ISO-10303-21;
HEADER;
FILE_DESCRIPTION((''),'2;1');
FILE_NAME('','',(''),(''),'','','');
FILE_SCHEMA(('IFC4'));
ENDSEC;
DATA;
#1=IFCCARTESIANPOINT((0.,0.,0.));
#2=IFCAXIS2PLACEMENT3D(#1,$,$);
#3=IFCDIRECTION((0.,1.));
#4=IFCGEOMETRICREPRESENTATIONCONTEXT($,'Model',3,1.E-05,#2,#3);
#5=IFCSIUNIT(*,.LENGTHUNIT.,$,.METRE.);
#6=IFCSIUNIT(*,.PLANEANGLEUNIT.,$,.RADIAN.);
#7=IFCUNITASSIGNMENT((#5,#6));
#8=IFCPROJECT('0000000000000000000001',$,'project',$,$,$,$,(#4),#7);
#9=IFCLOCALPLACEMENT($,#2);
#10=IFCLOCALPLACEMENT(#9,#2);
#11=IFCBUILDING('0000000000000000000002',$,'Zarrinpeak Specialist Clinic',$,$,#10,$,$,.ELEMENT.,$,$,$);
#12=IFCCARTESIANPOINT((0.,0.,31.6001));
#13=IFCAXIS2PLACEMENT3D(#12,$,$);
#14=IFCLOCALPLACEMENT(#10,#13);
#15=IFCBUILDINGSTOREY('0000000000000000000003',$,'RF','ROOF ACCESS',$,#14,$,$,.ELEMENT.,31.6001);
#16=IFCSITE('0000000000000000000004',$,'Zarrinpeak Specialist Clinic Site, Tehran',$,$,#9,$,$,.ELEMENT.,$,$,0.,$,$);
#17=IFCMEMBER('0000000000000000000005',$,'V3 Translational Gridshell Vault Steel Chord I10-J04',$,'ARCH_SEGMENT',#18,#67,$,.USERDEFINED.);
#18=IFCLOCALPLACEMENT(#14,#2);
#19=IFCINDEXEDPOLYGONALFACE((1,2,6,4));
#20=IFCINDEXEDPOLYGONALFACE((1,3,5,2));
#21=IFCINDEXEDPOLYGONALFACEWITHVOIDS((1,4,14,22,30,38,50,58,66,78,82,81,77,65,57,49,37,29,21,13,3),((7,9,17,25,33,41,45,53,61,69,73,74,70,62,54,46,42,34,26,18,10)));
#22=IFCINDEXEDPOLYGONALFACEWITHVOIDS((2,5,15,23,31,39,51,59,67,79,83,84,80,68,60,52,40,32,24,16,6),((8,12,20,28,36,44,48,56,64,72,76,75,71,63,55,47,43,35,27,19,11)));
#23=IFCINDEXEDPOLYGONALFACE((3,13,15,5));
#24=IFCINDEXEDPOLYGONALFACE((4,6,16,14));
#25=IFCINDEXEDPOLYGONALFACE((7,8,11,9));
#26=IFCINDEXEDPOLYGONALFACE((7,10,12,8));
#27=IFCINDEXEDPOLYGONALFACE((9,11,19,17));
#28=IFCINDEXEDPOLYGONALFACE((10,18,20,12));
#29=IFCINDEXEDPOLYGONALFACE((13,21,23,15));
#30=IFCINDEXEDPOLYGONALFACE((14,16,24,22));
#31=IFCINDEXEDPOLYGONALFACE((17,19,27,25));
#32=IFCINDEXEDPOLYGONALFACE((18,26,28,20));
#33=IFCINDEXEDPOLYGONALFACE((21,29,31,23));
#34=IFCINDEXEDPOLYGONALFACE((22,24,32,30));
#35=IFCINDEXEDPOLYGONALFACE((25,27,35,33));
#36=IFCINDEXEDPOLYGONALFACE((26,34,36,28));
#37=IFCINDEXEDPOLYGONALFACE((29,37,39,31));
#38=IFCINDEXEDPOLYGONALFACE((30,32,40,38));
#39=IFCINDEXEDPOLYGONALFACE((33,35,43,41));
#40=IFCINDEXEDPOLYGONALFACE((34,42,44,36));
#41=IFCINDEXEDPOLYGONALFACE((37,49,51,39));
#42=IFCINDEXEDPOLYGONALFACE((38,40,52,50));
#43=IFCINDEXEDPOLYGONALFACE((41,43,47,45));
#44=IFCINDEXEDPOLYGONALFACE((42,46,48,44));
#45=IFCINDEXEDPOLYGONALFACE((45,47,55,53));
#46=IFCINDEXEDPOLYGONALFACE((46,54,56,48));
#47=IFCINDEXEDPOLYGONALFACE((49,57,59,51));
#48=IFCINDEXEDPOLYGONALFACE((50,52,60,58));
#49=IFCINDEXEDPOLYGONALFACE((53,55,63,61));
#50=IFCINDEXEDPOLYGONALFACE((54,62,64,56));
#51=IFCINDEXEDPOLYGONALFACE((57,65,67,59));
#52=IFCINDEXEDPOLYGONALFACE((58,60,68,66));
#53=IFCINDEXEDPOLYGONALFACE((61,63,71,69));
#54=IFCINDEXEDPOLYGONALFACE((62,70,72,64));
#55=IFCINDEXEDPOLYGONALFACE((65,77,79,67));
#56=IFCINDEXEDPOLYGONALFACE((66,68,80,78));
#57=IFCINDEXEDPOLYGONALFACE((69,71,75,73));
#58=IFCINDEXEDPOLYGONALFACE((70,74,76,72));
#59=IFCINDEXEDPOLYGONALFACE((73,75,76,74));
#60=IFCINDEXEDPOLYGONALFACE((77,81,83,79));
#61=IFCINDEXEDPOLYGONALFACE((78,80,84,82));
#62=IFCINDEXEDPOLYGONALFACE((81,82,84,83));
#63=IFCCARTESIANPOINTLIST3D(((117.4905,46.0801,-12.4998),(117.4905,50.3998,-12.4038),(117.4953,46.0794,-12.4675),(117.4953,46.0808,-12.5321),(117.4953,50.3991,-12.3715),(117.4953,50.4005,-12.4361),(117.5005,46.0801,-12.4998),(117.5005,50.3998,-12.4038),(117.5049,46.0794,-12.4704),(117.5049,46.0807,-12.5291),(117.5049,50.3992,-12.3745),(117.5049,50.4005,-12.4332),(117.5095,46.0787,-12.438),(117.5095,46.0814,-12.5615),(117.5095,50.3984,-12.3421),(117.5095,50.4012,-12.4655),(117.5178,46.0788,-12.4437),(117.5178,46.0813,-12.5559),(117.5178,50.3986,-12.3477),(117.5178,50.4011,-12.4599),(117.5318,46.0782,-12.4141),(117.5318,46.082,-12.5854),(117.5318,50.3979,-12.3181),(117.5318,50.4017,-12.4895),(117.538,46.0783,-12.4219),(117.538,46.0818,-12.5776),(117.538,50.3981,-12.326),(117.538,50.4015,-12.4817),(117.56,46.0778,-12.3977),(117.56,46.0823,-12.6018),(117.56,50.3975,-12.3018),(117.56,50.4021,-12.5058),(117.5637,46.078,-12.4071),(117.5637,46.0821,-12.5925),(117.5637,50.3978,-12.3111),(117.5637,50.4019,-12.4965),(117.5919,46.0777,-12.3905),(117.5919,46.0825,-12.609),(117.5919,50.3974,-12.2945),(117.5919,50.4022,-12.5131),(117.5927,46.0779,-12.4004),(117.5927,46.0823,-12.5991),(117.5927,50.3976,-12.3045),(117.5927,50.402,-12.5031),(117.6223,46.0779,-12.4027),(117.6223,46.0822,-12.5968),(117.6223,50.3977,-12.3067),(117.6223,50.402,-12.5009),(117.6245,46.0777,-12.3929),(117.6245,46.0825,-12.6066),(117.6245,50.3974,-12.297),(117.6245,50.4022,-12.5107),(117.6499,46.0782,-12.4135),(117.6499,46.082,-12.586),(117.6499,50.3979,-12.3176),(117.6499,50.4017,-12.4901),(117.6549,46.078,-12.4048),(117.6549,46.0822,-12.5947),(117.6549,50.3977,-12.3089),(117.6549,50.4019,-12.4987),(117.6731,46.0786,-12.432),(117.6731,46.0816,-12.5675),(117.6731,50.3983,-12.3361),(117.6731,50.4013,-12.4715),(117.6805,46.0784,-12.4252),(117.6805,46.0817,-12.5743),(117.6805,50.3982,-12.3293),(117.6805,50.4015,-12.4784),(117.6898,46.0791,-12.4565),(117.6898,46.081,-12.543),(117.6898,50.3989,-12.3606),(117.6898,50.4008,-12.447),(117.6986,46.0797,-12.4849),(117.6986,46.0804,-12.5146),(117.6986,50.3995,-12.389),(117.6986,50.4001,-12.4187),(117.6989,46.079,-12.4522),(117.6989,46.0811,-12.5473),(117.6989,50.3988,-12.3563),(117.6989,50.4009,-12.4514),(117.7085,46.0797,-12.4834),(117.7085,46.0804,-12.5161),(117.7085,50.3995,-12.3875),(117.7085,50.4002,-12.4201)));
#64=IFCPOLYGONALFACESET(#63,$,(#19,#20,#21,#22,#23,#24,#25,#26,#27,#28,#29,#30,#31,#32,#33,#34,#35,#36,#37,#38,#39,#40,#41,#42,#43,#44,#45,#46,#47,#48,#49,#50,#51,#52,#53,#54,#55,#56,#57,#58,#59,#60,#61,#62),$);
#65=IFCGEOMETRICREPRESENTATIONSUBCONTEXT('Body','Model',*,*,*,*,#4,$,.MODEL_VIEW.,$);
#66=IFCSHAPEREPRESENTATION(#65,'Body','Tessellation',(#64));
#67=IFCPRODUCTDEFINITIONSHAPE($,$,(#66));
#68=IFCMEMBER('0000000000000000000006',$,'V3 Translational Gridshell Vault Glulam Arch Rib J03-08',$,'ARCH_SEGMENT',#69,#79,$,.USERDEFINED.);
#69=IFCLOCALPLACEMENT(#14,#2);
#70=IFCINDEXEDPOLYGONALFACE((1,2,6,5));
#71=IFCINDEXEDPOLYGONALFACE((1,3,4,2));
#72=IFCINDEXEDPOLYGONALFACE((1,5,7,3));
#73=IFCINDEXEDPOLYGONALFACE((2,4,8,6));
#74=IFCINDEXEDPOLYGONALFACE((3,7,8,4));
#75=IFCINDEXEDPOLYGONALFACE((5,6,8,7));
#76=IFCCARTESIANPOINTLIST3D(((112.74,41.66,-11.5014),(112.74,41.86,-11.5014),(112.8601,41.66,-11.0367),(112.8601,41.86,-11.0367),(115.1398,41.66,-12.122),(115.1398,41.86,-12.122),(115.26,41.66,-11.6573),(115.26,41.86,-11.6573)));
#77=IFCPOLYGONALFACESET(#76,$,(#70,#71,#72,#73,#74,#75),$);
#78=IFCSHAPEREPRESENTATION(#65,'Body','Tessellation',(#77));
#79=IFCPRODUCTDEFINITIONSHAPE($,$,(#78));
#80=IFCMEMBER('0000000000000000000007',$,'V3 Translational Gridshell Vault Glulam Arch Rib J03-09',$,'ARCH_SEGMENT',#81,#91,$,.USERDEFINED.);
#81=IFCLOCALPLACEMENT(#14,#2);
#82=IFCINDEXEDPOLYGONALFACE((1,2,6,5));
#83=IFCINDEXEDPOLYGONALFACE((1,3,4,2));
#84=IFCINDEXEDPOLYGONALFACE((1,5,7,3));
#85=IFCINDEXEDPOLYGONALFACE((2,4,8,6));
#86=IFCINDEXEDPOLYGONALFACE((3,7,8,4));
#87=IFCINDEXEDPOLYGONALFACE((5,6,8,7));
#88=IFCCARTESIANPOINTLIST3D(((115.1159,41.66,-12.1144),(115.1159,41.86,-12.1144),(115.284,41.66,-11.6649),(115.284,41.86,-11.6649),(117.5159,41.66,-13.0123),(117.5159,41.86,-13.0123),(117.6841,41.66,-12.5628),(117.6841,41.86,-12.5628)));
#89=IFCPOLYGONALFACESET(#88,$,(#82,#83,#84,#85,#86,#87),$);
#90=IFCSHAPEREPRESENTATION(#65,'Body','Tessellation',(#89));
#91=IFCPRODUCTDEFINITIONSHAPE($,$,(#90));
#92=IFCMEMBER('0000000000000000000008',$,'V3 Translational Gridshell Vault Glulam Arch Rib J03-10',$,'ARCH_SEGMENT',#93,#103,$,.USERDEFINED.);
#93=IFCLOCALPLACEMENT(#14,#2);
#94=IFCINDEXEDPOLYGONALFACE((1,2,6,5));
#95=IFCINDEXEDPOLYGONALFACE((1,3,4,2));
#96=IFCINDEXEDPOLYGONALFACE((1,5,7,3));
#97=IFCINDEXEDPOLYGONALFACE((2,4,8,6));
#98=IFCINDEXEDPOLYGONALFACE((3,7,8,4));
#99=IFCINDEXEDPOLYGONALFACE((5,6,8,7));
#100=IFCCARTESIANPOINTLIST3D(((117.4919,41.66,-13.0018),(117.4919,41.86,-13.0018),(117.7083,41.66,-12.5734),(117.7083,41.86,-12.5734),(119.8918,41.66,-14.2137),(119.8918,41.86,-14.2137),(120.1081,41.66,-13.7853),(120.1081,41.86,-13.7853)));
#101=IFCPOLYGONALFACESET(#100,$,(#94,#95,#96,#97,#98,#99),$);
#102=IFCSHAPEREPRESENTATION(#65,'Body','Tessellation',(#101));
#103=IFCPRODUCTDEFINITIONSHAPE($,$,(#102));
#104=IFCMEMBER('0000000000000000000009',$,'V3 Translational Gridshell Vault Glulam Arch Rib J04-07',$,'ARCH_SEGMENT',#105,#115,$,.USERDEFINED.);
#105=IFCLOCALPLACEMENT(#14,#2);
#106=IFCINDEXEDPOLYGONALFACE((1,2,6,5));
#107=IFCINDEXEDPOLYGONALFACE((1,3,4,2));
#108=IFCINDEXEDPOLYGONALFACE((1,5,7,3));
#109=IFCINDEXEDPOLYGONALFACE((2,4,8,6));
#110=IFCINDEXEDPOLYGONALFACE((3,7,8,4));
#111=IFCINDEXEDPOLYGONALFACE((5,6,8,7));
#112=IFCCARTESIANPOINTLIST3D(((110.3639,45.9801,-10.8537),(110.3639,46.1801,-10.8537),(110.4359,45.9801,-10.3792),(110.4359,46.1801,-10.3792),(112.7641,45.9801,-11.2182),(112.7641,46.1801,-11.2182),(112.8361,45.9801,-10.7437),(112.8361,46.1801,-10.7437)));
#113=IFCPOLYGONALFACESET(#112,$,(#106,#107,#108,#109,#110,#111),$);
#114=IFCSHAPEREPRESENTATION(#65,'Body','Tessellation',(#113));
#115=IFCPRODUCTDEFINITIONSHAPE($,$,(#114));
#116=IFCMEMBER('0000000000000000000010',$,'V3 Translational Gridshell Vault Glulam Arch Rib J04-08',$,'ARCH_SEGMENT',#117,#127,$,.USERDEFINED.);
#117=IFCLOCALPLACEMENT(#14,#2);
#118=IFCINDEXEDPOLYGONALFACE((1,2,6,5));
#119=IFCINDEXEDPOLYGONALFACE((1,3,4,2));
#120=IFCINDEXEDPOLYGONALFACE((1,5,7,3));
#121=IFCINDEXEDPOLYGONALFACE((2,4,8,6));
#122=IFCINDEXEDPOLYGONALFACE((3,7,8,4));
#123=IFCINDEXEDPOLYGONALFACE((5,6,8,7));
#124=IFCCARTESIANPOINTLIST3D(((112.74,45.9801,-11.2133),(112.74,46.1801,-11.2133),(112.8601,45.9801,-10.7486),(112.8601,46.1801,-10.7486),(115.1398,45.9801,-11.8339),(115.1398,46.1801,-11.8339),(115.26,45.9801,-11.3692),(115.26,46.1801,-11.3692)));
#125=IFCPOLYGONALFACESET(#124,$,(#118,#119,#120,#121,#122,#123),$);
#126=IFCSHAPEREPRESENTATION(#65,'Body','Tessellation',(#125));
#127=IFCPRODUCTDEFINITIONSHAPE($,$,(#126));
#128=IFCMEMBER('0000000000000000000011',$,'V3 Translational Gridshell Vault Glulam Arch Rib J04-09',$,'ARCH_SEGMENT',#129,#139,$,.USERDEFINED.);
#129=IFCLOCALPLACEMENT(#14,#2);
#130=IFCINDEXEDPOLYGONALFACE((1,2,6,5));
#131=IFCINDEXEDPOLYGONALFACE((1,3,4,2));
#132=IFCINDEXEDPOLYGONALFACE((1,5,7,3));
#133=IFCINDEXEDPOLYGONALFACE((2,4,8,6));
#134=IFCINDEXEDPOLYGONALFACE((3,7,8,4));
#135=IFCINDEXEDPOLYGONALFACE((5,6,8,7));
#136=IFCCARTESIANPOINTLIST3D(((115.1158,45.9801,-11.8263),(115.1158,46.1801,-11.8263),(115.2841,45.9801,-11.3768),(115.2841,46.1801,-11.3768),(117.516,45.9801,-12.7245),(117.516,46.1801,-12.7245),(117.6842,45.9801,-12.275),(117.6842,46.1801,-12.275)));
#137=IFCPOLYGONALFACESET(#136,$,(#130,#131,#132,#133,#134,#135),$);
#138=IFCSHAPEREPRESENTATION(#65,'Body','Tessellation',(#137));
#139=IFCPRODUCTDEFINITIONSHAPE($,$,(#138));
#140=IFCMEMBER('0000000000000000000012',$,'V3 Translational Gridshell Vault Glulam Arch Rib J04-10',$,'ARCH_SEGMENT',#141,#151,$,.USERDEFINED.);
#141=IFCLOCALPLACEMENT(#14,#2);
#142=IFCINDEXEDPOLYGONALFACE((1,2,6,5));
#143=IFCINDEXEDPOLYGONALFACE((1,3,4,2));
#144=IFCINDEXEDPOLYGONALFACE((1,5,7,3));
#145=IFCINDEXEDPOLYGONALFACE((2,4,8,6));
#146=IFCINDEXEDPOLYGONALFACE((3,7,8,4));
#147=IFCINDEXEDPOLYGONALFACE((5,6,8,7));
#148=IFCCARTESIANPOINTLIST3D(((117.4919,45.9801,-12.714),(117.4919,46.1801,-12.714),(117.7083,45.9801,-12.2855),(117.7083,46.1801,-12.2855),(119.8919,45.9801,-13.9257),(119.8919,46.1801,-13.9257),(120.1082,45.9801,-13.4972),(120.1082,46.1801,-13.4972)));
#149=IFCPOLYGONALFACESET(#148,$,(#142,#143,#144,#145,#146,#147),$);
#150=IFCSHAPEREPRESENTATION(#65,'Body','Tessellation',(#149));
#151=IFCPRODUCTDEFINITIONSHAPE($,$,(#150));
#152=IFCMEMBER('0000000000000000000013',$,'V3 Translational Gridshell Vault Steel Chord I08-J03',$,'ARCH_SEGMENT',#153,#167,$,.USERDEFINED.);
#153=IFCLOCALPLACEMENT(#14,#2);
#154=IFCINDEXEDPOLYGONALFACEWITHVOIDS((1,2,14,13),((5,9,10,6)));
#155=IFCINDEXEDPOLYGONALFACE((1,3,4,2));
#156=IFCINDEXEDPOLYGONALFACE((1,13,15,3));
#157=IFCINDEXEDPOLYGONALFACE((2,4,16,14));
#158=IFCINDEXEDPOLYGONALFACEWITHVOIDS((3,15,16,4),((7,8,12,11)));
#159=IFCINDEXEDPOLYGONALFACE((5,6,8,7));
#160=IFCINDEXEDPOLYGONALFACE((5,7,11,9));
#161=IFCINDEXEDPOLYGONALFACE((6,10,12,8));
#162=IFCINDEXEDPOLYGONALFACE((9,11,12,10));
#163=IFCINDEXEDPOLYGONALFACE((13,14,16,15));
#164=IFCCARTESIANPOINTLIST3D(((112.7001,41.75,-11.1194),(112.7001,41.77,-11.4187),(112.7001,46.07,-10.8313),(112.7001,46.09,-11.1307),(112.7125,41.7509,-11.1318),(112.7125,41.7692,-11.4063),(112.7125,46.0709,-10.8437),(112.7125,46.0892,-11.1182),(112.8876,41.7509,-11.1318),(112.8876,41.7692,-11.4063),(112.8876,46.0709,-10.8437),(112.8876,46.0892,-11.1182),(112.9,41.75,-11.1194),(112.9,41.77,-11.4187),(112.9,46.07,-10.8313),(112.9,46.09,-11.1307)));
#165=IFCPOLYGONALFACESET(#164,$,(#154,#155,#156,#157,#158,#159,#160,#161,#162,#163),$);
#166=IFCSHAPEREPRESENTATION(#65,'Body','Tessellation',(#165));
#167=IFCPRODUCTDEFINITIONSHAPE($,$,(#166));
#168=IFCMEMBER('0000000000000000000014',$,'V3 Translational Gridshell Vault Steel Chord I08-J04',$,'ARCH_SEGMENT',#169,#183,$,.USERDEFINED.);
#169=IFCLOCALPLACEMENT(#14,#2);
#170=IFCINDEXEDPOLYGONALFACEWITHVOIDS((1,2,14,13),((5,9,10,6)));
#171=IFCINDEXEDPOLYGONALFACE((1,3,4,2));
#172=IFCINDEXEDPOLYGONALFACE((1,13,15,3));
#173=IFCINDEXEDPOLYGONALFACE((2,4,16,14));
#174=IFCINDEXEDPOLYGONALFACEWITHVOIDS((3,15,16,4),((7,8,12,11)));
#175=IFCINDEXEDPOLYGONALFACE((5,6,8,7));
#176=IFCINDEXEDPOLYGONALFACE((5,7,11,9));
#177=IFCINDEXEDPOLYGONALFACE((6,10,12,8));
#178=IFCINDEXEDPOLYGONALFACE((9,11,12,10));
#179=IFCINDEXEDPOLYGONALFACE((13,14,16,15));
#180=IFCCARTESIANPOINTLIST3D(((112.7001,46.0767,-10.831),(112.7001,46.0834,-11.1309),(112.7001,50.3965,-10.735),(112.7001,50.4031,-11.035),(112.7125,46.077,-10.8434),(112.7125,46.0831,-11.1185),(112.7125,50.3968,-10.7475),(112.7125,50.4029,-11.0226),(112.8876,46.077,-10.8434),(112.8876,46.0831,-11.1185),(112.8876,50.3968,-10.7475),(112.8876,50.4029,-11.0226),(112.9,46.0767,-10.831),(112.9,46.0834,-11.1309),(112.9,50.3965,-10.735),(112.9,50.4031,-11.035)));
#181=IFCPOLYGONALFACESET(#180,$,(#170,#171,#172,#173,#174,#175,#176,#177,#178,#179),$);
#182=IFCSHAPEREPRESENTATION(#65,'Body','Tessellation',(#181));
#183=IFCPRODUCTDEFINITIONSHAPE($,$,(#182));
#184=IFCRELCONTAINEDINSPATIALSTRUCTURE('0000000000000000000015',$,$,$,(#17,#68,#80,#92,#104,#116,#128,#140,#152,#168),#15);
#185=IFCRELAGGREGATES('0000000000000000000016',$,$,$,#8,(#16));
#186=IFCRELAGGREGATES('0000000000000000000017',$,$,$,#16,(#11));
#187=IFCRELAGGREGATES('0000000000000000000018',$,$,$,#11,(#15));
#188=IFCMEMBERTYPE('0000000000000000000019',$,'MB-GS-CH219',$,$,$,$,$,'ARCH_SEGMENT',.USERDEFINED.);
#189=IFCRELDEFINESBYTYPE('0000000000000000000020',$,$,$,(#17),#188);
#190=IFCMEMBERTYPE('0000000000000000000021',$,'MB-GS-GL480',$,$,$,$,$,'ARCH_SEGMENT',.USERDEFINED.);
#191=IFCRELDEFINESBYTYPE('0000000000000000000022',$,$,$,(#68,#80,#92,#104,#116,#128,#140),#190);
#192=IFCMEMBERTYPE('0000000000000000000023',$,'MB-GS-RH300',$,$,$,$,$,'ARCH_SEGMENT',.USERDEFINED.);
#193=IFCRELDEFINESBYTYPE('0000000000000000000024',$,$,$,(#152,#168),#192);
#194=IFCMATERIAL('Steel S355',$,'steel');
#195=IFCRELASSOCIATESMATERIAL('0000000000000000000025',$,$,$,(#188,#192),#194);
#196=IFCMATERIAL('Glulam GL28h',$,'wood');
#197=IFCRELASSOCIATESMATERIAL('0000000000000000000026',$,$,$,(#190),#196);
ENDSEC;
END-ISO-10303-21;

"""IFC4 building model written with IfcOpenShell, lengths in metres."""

from ifc_helpers import new_model, si_unit, direction, frame, origin, origin_2d, place, context, subcontext, project, spatial, rectangle, hollow_rectangle, hollow_circle, extrude, material, material_profile, profile_set, type_object, element, save


model = new_model("IFC4")

# Units and contexts
model_context = context("Model", 3, precision=1e-05, world=origin(), true_north=direction((0.0, 1.0)))
body_context = subcontext(model_context, "Body", "Model", "MODEL_VIEW")
ifc_project = project(units=[si_unit("LENGTHUNIT", "METRE"), si_unit("PLANEANGLEUNIT", "RADIAN")], contexts=[model_context])

# Site, building, storey
site_placement = place(None, origin())
site = spatial("IfcSite", under=ifc_project, at=site_placement, Name="Zarrinpeak Specialist Clinic Site, Tehran", CompositionType="ELEMENT", RefElevation=0.0)
building_placement = place(site_placement, origin())
building = spatial("IfcBuilding", under=site, at=building_placement, Name="Zarrinpeak Specialist Clinic", CompositionType="ELEMENT")
storey_placement = place(building_placement, frame((0.0, 0.0, 31.6001)))
storey = spatial("IfcBuildingStorey", under=building, at=storey_placement, Name="RF", Description="ROOF ACCESS", CompositionType="ELEMENT", Elevation=31.6001)

# Members
ifc_material_1 = material(Name="Steel S355", Category="steel")
ifc_material_profile_1 = material_profile(ifc_material_1, hollow_circle(Radius=0.1096, WallThickness=0.01, at=origin_2d()), Name="CHS 219.1x10.0")
ifc_profile_set_1 = profile_set([ifc_material_profile_1], Name="Steel S355")
member_type_1 = type_object("IfcMemberType", Name="MB-GS-CH219", ElementType="ARCH_SEGMENT", PredefinedType="USERDEFINED", material=ifc_profile_set_1)
member_1_placement = place(storey_placement, frame((117.6001, 46.0801, -12.4998), z_axis=(0.0, 0.999753, 0.022205), x_axis=(-1.0, 0.0, 0.0)))
element("IfcMember", 1, at=member_1_placement, inside=storey, type_object=member_type_1, Name="V3 Translational Gridshell Vault Steel Chord I10-J04", ObjectType="ARCH_SEGMENT", PredefinedType="USERDEFINED", context=body_context, shape_type="SweptSolid", body=[
    extrude(hollow_circle(Radius=0.1096, WallThickness=0.01, at=origin_2d()), origin(), (0.0, 0.0, 1.0), 4.3208),
])
ifc_material_2 = material(Name="Glulam GL28h", Category="wood")
ifc_material_profile_2 = material_profile(ifc_material_2, rectangle(XDim=0.2, YDim=0.48, at=origin_2d()), Name="GL28h 200x480")
ifc_profile_set_2 = profile_set([ifc_material_profile_2], Name="Glulam GL28h")
member_type_2 = type_object("IfcMemberType", Name="MB-GS-GL480", ElementType="ARCH_SEGMENT", PredefinedType="USERDEFINED", material=ifc_profile_set_2)
member_2_placement = place(storey_placement, frame((112.8, 41.76, -11.269), z_axis=(0.968153, 0.0, -0.250361), x_axis=(0.0, 1.0, 0.0)))
element("IfcMember", 2, at=member_2_placement, inside=storey, type_object=member_type_2, Name="V3 Translational Gridshell Vault Glulam Arch Rib J03-08", ObjectType="ARCH_SEGMENT", PredefinedType="USERDEFINED", context=body_context, shape_type="SweptSolid", body=[
    extrude(rectangle(XDim=0.2, YDim=0.48, at=origin_2d()), origin(), (0.0, 0.0, 1.0), 2.4788),
])
member_3_placement = place(storey_placement, frame((115.2, 41.76, -11.8896), z_axis=(0.936599, 0.0, -0.350403), x_axis=(0.0, 1.0, 0.0)))
element("IfcMember", 3, at=member_3_placement, inside=storey, type_object=member_type_2, Name="V3 Translational Gridshell Vault Glulam Arch Rib J03-09", ObjectType="ARCH_SEGMENT", PredefinedType="USERDEFINED", context=body_context, shape_type="SweptSolid", body=[
    extrude(rectangle(XDim=0.2, YDim=0.48, at=origin_2d()), origin(), (0.0, 0.0, 1.0), 2.5625),
])
member_4_placement = place(storey_placement, frame((117.6001, 41.76, -12.7876), z_axis=(0.89264, 0.0, -0.45077), x_axis=(0.0, 1.0, 0.0)))
element("IfcMember", 4, at=member_4_placement, inside=storey, type_object=member_type_2, Name="V3 Translational Gridshell Vault Glulam Arch Rib J03-10", ObjectType="ARCH_SEGMENT", PredefinedType="USERDEFINED", context=body_context, shape_type="SweptSolid", body=[
    extrude(rectangle(XDim=0.2, YDim=0.48, at=origin_2d()), origin(), (0.0, 0.0, 1.0), 2.6885),
])
member_5_placement = place(storey_placement, frame((110.3999, 46.0801, -10.6165), z_axis=(0.988664, 0.0, -0.150145), x_axis=(0.0, 1.0, 0.0)))
element("IfcMember", 5, at=member_5_placement, inside=storey, type_object=member_type_2, Name="V3 Translational Gridshell Vault Glulam Arch Rib J04-07", ObjectType="ARCH_SEGMENT", PredefinedType="USERDEFINED", context=body_context, shape_type="SweptSolid", body=[
    extrude(rectangle(XDim=0.2, YDim=0.48, at=origin_2d()), origin(), (0.0, 0.0, 1.0), 2.4277),
])
member_6_placement = place(storey_placement, frame((112.8, 46.0801, -10.981), z_axis=(0.968153, 0.0, -0.250361), x_axis=(0.0, 1.0, 0.0)))
element("IfcMember", 6, at=member_6_placement, inside=storey, type_object=member_type_2, Name="V3 Translational Gridshell Vault Glulam Arch Rib J04-08", ObjectType="ARCH_SEGMENT", PredefinedType="USERDEFINED", context=body_context, shape_type="SweptSolid", body=[
    extrude(rectangle(XDim=0.2, YDim=0.48, at=origin_2d()), origin(), (0.0, 0.0, 1.0), 2.4788),
])
member_7_placement = place(storey_placement, frame((115.2, 46.0801, -11.6016), z_axis=(0.936568, 0.0, -0.350487), x_axis=(0.0, 1.0, 0.0)))
element("IfcMember", 7, at=member_7_placement, inside=storey, type_object=member_type_2, Name="V3 Translational Gridshell Vault Glulam Arch Rib J04-09", ObjectType="ARCH_SEGMENT", PredefinedType="USERDEFINED", context=body_context, shape_type="SweptSolid", body=[
    extrude(rectangle(XDim=0.2, YDim=0.48, at=origin_2d()), origin(), (0.0, 0.0, 1.0), 2.5627),
])
member_8_placement = place(storey_placement, frame((117.6001, 46.0801, -12.4998), z_axis=(0.892677, 0.0, -0.450697), x_axis=(0.0, 1.0, 0.0)))
element("IfcMember", 8, at=member_8_placement, inside=storey, type_object=member_type_2, Name="V3 Translational Gridshell Vault Glulam Arch Rib J04-10", ObjectType="ARCH_SEGMENT", PredefinedType="USERDEFINED", context=body_context, shape_type="SweptSolid", body=[
    extrude(rectangle(XDim=0.2, YDim=0.48, at=origin_2d()), origin(), (0.0, 0.0, 1.0), 2.6885),
])
ifc_material_profile_3 = material_profile(ifc_material_1, hollow_rectangle(XDim=0.2, YDim=0.3, WallThickness=0.0125, at=origin_2d()), Name="RHS 300x200x12.5")
ifc_profile_set_3 = profile_set([ifc_material_profile_3], Name="Steel S355")
member_type_3 = type_object("IfcMemberType", Name="MB-GS-RH300", ElementType="ARCH_SEGMENT", PredefinedType="USERDEFINED", material=ifc_profile_set_3)
member_9_placement = place(storey_placement, frame((112.8, 41.76, -11.269), z_axis=(0.0, 0.997784, 0.066538), x_axis=(-1.0, 0.0, 0.0)))
element("IfcMember", 9, at=member_9_placement, inside=storey, type_object=member_type_3, Name="V3 Translational Gridshell Vault Steel Chord I08-J03", ObjectType="ARCH_SEGMENT", PredefinedType="USERDEFINED", context=body_context, shape_type="SweptSolid", body=[
    extrude(hollow_rectangle(XDim=0.2, YDim=0.3, WallThickness=0.0125, at=origin_2d()), origin(), (0.0, 0.0, 1.0), 4.3296),
])
member_10_placement = place(storey_placement, frame((112.8, 46.0801, -10.981), z_axis=(0.0, 0.999753, 0.022205), x_axis=(-1.0, 0.0, 0.0)))
element("IfcMember", 10, at=member_10_placement, inside=storey, type_object=member_type_3, Name="V3 Translational Gridshell Vault Steel Chord I08-J04", ObjectType="ARCH_SEGMENT", PredefinedType="USERDEFINED", context=body_context, shape_type="SweptSolid", body=[
    extrude(hollow_rectangle(XDim=0.2, YDim=0.3, WallThickness=0.0125, at=origin_2d()), origin(), (0.0, 0.0, 1.0), 4.3208),
])

save(model, "model.ifc")
